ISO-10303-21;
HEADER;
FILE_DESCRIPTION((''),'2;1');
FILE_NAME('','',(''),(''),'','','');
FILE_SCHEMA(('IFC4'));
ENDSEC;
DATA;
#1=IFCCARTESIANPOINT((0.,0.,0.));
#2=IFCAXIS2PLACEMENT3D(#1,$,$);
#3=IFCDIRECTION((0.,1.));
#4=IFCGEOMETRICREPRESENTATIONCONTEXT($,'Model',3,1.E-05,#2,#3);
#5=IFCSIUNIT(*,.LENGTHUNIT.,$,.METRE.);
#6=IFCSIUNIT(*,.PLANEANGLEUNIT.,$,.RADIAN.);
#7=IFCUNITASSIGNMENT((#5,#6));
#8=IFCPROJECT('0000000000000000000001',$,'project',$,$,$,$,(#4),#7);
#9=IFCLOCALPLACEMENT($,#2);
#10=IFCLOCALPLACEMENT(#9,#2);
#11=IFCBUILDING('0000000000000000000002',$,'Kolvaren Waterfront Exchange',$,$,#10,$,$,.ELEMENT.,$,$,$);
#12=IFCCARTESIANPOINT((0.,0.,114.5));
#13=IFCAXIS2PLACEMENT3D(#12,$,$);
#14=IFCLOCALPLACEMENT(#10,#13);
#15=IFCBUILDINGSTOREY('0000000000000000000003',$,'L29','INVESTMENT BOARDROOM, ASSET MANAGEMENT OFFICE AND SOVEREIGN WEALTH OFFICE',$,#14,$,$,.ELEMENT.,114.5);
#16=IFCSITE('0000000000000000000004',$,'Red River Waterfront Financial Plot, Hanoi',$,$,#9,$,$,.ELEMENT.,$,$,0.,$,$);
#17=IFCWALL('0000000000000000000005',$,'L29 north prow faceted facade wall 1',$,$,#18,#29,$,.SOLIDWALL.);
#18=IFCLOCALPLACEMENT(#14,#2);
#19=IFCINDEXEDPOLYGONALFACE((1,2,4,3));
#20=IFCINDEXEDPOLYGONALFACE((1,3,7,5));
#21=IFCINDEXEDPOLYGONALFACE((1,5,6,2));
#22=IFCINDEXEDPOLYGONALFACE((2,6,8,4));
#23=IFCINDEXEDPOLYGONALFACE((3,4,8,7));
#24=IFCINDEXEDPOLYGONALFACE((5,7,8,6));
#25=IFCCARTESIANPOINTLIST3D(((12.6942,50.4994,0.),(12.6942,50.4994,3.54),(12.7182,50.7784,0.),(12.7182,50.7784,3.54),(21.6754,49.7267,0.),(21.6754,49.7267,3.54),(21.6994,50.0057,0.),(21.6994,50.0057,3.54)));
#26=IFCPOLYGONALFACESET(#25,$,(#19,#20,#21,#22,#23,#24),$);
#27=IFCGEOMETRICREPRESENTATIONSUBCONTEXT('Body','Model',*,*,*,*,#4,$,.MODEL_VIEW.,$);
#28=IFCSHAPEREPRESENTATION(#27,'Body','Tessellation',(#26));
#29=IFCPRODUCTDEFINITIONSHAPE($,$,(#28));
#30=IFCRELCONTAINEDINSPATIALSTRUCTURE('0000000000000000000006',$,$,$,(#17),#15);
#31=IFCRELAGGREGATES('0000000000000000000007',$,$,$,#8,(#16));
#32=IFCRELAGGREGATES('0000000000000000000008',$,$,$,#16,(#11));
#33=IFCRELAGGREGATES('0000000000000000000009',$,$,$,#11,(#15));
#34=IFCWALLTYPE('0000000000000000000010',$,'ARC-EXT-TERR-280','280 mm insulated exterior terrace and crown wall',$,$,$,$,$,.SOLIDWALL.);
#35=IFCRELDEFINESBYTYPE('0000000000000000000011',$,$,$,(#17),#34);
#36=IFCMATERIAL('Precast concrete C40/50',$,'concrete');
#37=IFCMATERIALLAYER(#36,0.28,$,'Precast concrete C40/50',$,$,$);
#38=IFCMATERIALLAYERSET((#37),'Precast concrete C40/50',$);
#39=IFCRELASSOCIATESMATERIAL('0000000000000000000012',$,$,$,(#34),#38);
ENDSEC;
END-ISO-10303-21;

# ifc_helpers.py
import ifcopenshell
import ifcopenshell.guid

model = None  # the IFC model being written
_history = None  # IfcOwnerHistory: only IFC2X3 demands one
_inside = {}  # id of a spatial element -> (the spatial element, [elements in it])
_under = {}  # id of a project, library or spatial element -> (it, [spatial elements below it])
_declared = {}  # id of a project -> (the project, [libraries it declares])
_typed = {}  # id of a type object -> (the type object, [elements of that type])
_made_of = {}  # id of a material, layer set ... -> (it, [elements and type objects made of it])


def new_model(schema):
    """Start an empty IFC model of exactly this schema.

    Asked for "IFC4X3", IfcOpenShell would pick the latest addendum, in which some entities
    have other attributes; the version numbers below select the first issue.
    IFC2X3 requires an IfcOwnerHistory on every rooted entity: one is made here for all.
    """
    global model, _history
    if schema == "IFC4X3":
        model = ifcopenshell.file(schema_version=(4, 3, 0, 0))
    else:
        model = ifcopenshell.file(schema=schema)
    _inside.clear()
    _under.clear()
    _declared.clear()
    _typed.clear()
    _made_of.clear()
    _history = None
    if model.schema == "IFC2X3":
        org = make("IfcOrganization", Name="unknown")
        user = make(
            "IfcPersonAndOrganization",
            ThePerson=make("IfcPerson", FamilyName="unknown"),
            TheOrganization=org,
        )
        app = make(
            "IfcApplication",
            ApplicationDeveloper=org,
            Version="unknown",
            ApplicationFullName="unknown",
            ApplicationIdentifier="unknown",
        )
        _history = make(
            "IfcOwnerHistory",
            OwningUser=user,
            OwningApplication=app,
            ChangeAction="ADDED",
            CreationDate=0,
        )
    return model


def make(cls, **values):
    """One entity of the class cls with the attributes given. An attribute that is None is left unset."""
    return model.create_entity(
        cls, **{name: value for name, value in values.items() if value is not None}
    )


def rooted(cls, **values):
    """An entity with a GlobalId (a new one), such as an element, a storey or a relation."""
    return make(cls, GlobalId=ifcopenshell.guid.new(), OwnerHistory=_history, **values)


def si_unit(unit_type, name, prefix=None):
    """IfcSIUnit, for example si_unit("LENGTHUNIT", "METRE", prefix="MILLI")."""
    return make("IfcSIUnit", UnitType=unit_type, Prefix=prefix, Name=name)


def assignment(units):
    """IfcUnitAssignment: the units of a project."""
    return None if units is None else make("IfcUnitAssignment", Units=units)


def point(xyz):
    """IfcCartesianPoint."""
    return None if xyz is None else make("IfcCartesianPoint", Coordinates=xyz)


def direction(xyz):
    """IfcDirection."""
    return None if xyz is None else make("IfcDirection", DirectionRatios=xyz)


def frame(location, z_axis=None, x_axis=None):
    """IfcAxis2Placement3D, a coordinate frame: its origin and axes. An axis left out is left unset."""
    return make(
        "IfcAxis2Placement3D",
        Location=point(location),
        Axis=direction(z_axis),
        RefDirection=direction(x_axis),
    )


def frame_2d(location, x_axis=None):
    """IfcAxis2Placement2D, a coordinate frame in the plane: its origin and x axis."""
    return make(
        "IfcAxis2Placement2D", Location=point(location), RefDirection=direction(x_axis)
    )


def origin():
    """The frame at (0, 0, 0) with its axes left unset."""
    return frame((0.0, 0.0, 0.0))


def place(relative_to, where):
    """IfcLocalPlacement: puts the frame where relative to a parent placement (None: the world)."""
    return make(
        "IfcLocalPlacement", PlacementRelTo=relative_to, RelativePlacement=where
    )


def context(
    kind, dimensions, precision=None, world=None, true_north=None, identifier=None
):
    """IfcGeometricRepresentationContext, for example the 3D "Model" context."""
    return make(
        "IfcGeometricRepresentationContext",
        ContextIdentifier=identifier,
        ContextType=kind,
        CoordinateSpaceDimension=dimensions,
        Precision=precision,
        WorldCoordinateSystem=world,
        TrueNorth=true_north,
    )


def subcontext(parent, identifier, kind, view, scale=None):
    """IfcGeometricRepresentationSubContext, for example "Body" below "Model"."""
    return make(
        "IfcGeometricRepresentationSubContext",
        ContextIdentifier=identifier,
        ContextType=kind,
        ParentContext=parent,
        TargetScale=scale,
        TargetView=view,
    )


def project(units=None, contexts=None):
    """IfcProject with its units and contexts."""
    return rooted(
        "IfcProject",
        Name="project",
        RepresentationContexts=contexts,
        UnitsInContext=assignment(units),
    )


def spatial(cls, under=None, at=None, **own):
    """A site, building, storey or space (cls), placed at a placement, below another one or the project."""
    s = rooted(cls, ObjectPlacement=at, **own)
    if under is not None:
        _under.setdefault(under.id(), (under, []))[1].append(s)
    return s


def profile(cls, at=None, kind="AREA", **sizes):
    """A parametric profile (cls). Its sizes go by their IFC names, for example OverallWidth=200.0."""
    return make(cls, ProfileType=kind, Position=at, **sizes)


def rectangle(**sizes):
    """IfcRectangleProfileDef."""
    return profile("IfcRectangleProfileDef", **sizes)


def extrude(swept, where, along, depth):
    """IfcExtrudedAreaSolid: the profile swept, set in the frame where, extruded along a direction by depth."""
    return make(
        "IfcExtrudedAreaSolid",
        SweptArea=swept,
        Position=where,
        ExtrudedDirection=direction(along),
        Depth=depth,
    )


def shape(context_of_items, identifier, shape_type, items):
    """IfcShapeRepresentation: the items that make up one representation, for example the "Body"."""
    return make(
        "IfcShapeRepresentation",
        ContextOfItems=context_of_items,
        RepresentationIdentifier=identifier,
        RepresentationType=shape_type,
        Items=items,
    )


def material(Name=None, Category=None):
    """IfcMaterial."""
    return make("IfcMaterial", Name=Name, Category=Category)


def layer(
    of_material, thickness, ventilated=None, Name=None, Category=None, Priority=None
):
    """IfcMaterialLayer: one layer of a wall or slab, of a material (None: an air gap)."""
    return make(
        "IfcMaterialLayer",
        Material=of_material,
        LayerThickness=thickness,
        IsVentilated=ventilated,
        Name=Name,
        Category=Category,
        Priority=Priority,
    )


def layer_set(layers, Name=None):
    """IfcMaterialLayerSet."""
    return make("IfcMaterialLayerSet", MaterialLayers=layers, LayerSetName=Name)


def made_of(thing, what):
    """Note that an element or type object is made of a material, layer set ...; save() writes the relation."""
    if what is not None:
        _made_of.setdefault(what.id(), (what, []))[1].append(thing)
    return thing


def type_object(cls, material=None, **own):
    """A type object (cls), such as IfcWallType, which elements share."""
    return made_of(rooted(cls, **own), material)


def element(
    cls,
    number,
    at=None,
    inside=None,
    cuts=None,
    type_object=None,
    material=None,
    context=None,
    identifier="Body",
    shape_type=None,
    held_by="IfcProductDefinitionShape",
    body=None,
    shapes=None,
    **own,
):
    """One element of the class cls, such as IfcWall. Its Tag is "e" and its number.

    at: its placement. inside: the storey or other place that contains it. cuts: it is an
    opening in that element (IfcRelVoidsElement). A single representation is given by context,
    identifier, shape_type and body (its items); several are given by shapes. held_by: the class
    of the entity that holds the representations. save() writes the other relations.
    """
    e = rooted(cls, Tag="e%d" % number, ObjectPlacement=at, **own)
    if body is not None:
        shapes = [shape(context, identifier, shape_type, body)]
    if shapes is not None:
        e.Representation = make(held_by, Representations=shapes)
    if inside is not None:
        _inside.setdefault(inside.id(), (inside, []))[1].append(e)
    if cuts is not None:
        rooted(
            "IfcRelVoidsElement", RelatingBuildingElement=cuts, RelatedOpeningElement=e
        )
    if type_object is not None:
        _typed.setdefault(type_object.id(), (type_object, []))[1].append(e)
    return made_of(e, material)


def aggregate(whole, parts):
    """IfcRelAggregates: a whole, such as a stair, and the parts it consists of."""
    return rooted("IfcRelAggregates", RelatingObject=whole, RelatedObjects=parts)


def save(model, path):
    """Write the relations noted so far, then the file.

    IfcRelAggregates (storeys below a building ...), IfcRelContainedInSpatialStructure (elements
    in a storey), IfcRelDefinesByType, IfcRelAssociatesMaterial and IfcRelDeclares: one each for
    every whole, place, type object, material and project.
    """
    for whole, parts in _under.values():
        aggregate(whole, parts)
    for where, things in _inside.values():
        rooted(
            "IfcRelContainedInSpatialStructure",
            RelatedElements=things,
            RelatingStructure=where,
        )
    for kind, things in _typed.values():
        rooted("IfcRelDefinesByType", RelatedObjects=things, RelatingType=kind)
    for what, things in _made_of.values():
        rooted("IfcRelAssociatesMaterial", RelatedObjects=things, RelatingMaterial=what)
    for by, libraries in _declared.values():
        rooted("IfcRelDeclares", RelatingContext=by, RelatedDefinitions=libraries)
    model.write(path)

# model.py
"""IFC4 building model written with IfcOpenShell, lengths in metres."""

from ifc_helpers import new_model, si_unit, direction, frame, frame_2d, origin, place, context, subcontext, project, spatial, rectangle, extrude, material, layer, layer_set, type_object, element, save


model = new_model("IFC4")

# Units and contexts
model_context = context("Model", 3, precision=1e-05, world=origin(), true_north=direction((0.0, 1.0)))
body_context = subcontext(model_context, "Body", "Model", "MODEL_VIEW")
ifc_project = project(units=[si_unit("LENGTHUNIT", "METRE"), si_unit("PLANEANGLEUNIT", "RADIAN")], contexts=[model_context])

# Site, building, storey
site_placement = place(None, origin())
site = spatial("IfcSite", under=ifc_project, at=site_placement, Name="Red River Waterfront Financial Plot, Hanoi", CompositionType="ELEMENT", RefElevation=0.0)
building_placement = place(site_placement, origin())
building = spatial("IfcBuilding", under=site, at=building_placement, Name="Kolvaren Waterfront Exchange", CompositionType="ELEMENT")
storey_placement = place(building_placement, frame((0.0, 0.0, 114.5)))
storey = spatial("IfcBuildingStorey", under=building, at=storey_placement, Name="L29", Description="INVESTMENT BOARDROOM, ASSET MANAGEMENT OFFICE AND SOVEREIGN WEALTH OFFICE", CompositionType="ELEMENT", Elevation=114.5)

# Wall
ifc_material_1 = material(Name="Precast concrete C40/50", Category="concrete")
ifc_layer_1 = layer(ifc_material_1, 0.28, Name="Precast concrete C40/50")
ifc_layer_set_1 = layer_set([ifc_layer_1], Name="Precast concrete C40/50")
wall_type = type_object("IfcWallType", Name="ARC-EXT-TERR-280", Description="280 mm insulated exterior terrace and crown wall", PredefinedType="SOLIDWALL", material=ifc_layer_set_1)
wall_1_placement = place(storey_placement, frame((21.6875, 49.8662, 0.0), z_axis=(0.0, 0.0, 1.0), x_axis=(-0.996319, 0.085719, 0.0)))
element("IfcWall", 1, at=wall_1_placement, inside=storey, type_object=wall_type, Name="L29 north prow faceted facade wall 1", PredefinedType="SOLIDWALL", context=body_context, shape_type="SweptSolid", body=[
    extrude(rectangle(XDim=9.0144, YDim=0.28, at=frame_2d((4.5073, 0.0))), origin(), (0.0, 0.0, 1.0), 3.54),
])

save(model, "model.ifc")
